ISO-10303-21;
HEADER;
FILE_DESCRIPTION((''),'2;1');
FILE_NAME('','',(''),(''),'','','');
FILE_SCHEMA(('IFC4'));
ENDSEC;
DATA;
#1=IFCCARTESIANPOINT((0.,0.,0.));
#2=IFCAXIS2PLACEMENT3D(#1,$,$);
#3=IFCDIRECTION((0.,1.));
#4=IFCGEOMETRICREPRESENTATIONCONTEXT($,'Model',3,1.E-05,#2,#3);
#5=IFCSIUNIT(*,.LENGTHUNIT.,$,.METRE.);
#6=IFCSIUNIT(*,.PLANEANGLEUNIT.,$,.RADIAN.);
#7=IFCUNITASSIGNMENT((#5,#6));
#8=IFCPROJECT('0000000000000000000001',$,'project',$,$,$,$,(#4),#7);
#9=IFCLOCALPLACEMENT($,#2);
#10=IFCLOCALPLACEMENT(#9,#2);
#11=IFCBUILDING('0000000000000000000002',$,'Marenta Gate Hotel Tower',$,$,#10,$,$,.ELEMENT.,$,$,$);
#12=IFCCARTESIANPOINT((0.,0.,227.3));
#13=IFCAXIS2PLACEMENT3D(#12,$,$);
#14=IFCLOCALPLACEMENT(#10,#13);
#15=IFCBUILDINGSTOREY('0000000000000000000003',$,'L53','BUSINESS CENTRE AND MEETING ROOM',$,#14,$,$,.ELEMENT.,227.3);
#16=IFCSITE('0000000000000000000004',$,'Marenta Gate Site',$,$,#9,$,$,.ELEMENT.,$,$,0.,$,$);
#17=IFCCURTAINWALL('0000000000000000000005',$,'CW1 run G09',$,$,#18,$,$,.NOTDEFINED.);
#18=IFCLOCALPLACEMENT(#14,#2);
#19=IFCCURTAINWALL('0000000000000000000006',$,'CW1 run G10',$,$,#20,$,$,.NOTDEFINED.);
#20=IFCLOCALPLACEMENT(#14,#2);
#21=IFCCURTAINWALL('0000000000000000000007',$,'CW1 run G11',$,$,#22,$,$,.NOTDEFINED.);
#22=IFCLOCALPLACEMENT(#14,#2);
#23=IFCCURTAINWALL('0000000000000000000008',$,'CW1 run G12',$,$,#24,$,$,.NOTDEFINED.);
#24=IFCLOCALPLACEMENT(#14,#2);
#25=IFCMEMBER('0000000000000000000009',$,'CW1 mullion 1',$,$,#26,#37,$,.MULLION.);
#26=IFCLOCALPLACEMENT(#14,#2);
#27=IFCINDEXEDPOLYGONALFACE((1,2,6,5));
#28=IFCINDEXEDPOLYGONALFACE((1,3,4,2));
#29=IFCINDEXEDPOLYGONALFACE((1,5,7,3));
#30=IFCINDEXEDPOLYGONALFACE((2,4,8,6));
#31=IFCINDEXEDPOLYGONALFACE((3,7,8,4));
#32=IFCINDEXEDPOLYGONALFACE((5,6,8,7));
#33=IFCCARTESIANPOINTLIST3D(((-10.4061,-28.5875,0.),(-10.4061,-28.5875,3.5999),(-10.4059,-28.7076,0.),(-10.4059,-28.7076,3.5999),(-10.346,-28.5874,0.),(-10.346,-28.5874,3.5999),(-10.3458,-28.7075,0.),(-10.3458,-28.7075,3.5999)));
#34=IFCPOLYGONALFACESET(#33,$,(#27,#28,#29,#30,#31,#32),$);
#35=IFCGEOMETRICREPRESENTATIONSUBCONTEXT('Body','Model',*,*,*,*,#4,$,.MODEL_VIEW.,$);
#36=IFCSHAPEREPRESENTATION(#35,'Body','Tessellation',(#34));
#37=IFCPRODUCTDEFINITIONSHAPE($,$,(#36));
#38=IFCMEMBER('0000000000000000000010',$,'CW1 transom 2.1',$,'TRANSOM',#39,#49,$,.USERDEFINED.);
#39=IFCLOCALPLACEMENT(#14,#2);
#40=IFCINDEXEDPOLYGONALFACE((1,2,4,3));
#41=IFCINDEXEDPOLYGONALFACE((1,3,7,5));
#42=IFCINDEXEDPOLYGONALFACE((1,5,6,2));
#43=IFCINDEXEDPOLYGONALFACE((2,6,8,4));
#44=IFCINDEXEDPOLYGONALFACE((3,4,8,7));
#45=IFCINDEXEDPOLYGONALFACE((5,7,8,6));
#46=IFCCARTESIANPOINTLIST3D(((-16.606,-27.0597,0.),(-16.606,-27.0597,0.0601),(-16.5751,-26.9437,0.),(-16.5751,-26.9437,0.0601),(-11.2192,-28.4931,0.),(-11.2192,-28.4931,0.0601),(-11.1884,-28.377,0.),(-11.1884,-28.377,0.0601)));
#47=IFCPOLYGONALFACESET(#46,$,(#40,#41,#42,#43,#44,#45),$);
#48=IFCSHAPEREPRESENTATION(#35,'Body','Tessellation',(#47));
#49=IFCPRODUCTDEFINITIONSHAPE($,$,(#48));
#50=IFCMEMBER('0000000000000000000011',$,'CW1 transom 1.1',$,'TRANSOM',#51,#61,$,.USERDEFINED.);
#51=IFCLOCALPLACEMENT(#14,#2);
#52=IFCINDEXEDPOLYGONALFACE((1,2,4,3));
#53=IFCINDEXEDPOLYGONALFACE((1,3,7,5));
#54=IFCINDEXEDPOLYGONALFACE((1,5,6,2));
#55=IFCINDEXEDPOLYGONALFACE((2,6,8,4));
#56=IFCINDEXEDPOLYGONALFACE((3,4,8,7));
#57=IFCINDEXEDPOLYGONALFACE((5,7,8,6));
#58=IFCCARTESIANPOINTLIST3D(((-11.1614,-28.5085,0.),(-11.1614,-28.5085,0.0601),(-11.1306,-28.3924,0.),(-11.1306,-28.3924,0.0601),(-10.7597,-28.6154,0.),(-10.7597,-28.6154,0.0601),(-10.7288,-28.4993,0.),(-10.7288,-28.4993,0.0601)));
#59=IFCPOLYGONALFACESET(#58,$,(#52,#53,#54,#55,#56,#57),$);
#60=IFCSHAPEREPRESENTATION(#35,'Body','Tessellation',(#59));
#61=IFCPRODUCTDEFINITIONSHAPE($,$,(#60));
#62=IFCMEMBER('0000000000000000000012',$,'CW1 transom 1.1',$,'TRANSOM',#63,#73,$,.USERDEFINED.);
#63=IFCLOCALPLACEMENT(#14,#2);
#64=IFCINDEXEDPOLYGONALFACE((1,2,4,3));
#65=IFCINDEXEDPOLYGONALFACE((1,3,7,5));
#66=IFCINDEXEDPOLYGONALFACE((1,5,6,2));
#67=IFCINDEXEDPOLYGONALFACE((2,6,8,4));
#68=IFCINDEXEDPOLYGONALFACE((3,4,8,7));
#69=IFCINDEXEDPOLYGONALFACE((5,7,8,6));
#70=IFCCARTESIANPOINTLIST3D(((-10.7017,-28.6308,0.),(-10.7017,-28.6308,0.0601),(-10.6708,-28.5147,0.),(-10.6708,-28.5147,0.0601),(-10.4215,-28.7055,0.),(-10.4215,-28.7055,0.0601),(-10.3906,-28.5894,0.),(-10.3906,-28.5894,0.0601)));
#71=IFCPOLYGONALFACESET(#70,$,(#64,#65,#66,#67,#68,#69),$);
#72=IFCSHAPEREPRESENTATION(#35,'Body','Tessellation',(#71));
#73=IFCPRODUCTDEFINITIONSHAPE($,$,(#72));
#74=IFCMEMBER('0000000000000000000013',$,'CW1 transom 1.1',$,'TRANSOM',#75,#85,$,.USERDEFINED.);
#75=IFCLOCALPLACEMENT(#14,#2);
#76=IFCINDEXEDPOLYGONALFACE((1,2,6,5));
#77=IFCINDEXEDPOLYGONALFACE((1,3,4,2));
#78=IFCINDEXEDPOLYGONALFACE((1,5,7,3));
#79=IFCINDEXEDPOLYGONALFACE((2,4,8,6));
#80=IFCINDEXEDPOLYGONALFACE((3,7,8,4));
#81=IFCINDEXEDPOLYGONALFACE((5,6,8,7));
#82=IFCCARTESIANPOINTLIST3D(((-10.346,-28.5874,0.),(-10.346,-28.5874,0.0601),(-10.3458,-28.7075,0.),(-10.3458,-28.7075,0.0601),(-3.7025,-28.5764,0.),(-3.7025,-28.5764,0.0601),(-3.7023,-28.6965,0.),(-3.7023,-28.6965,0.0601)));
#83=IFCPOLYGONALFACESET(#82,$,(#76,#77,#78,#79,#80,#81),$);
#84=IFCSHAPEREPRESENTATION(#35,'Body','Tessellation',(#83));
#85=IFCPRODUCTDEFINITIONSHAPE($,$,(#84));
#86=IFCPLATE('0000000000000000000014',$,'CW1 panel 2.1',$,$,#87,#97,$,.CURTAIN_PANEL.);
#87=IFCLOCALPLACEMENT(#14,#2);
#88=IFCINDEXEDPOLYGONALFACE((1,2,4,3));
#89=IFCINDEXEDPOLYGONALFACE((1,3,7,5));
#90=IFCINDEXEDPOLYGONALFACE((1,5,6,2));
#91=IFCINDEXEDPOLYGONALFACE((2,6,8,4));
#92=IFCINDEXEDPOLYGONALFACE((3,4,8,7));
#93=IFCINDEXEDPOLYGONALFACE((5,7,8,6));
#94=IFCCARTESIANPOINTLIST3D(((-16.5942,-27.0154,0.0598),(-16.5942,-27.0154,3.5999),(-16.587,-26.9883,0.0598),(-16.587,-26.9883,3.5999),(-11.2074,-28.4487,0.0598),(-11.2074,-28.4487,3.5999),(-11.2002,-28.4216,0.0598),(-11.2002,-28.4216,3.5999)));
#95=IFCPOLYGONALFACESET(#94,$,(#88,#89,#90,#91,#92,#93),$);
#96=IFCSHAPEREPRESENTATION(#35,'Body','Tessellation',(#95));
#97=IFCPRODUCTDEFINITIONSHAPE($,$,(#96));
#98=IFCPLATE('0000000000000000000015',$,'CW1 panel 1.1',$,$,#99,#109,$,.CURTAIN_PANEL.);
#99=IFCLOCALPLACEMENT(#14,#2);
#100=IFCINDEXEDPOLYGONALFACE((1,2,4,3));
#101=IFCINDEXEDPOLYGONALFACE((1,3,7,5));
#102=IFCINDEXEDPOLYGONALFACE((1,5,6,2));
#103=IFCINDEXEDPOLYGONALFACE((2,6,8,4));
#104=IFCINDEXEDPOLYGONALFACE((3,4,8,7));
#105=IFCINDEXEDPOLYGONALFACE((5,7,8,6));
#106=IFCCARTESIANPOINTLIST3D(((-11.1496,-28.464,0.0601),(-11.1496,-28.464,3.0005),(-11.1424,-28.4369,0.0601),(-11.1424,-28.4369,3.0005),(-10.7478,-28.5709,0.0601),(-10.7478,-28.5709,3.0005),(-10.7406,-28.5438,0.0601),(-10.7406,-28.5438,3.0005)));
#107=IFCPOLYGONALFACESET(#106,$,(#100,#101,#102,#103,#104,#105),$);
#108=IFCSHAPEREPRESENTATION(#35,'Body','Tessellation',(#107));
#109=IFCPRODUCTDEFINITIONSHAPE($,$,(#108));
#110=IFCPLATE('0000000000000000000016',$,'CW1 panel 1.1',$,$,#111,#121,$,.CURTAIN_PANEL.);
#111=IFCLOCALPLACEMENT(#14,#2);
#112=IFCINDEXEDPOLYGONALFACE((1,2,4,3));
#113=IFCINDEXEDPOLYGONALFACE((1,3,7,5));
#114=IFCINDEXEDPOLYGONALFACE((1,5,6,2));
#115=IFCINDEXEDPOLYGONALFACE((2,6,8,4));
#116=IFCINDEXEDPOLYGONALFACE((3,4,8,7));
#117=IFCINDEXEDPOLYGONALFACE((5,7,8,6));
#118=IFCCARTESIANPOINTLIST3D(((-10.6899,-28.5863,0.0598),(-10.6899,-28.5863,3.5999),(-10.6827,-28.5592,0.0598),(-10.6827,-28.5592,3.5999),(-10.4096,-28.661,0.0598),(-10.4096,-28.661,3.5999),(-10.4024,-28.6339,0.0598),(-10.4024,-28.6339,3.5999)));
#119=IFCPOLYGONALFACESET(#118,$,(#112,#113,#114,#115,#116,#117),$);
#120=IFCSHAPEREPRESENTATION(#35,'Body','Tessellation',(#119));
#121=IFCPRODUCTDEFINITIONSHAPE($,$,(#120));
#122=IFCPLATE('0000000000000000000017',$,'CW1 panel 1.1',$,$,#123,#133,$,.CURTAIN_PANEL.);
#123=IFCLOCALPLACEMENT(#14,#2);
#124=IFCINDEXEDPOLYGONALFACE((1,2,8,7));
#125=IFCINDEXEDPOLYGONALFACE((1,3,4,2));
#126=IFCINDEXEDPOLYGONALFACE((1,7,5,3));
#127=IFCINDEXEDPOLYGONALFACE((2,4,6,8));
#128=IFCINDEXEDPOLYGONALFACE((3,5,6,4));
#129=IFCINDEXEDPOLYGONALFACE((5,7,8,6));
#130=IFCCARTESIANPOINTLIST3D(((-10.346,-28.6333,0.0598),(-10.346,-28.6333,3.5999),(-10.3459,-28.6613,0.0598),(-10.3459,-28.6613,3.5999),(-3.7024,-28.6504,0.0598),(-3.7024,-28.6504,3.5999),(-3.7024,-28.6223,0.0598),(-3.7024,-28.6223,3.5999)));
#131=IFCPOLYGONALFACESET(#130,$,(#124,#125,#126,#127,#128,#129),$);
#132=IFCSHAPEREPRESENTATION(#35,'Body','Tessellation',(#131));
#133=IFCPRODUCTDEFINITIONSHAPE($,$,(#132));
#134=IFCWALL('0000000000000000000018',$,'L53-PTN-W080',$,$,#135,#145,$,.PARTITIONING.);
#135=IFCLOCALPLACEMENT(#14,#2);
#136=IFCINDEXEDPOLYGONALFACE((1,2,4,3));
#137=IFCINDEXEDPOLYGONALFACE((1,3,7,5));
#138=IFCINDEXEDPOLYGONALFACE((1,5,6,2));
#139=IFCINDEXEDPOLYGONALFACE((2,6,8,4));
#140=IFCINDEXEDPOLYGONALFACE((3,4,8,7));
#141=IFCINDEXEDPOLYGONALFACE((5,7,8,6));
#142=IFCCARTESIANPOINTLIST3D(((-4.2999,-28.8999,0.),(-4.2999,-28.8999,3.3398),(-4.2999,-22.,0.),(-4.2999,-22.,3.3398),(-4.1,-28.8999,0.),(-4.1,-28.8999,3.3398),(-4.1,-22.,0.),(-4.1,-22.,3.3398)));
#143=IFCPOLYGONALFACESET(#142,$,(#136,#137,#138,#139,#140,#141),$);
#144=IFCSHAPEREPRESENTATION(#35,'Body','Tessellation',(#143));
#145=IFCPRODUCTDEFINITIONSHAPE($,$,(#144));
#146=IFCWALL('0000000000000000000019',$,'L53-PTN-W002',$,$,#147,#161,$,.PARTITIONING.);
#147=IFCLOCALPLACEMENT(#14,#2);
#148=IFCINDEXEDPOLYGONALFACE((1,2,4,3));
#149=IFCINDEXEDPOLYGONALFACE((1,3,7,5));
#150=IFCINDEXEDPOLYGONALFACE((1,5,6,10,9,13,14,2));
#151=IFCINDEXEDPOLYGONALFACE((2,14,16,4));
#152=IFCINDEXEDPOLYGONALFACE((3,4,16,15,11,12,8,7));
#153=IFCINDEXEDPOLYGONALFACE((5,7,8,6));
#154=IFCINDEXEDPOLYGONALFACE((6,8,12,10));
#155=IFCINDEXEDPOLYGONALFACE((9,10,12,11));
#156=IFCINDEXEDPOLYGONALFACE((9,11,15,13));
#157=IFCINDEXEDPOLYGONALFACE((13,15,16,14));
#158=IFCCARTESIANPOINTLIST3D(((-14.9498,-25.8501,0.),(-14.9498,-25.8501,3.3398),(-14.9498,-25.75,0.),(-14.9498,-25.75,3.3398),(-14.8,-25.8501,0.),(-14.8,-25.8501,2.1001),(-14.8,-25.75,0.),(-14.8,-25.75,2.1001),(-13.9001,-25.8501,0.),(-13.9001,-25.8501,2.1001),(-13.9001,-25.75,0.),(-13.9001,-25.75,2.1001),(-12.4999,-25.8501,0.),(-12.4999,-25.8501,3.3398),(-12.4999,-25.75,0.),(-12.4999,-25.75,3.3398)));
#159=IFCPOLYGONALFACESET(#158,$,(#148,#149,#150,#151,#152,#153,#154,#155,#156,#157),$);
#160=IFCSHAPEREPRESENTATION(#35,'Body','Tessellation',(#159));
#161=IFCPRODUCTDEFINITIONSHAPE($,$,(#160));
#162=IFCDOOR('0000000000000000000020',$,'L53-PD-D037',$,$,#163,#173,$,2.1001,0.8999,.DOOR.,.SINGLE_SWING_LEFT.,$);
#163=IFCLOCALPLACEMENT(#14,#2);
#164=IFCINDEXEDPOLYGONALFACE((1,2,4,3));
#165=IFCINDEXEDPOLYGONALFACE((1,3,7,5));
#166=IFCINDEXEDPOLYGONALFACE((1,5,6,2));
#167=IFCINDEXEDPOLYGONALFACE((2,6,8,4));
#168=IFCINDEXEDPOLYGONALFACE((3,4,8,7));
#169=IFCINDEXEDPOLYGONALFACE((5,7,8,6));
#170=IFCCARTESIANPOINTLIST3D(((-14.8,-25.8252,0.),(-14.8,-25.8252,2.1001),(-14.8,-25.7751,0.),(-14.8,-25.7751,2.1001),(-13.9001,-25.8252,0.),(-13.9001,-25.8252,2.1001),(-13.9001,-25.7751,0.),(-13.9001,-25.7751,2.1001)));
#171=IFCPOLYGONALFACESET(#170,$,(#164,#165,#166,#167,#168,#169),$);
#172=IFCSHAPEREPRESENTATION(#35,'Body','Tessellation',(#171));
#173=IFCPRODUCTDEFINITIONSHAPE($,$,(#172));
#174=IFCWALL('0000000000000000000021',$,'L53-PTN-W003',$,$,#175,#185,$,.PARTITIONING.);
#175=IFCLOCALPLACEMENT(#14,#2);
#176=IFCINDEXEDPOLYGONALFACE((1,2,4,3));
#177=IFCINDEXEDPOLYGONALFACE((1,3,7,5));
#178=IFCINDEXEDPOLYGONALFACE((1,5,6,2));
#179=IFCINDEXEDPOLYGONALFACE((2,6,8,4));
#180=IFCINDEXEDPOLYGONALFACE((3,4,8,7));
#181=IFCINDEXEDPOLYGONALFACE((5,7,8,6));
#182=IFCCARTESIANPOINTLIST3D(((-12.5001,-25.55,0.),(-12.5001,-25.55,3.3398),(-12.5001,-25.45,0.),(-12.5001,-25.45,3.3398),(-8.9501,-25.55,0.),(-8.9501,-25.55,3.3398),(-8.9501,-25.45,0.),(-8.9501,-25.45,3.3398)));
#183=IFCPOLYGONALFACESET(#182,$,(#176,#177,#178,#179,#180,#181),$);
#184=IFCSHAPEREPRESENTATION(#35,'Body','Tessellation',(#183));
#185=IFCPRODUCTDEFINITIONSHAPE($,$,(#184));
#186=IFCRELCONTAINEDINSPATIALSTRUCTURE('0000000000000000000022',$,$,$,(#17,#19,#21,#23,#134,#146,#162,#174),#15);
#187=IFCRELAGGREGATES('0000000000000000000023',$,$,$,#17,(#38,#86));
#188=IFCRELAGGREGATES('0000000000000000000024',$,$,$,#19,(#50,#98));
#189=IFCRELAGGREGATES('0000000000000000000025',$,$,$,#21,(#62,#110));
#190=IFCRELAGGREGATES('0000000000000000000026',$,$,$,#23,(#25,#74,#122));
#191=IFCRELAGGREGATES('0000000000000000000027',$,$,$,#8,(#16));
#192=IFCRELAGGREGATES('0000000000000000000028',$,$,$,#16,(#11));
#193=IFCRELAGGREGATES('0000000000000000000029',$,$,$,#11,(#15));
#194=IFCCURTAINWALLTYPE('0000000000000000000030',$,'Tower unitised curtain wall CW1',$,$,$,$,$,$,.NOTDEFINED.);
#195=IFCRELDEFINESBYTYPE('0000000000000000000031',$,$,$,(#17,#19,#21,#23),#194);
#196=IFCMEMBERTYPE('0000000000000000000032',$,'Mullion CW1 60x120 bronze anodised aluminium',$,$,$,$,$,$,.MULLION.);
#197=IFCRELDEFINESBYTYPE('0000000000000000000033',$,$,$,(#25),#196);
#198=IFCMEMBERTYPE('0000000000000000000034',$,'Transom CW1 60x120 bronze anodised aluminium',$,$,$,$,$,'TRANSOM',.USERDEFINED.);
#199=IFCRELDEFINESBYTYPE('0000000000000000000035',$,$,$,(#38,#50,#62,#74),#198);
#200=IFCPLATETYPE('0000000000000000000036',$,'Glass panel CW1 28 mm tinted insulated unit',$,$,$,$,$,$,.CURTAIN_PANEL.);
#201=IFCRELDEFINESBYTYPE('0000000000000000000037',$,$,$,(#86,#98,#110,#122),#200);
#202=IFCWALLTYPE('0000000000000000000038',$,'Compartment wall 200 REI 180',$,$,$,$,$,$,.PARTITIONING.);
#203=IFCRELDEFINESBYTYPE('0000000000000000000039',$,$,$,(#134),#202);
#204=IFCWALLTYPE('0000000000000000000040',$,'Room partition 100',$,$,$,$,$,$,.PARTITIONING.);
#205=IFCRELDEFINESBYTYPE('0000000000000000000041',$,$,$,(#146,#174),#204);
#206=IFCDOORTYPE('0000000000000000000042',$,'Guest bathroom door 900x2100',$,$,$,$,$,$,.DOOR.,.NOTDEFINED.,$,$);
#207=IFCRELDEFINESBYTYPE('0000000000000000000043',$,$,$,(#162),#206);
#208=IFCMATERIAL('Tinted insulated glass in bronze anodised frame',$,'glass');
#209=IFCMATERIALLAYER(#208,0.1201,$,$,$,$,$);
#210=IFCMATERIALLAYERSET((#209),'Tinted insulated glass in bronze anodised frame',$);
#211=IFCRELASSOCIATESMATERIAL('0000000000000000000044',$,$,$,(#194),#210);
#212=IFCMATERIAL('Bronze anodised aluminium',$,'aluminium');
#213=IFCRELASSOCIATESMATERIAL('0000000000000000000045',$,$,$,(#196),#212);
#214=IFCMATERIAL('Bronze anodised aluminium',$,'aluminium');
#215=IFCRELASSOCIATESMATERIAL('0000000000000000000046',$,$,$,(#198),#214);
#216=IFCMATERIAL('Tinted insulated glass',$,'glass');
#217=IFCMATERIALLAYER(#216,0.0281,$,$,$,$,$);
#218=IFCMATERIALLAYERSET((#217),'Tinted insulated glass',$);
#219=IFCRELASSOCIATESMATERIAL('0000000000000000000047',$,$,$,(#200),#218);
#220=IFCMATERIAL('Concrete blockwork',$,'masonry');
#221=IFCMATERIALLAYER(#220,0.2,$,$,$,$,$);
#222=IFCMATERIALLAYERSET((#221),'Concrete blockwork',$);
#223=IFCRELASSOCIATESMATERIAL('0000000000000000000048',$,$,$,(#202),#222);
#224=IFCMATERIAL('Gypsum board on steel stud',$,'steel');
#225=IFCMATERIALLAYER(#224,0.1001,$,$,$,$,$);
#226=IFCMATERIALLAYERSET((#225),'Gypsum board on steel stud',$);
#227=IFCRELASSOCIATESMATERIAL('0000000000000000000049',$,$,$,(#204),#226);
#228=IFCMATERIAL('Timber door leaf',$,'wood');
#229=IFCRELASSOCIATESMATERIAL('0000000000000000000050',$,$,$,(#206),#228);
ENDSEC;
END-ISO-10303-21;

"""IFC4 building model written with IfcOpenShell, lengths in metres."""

from ifc_helpers import new_model, si_unit, direction, frame, frame_2d, origin, origin_2d, place, context, subcontext, project, spatial, rectangle, extrude, material, layer, layer_set, material_profile, profile_set, type_object, element, fill, aggregate, save


model = new_model("IFC4")

# Units and contexts
model_context = context("Model", 3, precision=1e-05, world=origin(), true_north=direction((0.0, 1.0)))
body_context = subcontext(model_context, "Body", "Model", "MODEL_VIEW")
ifc_project = project(units=[si_unit("LENGTHUNIT", "METRE"), si_unit("PLANEANGLEUNIT", "RADIAN")], contexts=[model_context])

# Site, building, storey
site_placement = place(None, origin())
site = spatial("IfcSite", under=ifc_project, at=site_placement, Name="Marenta Gate Site", CompositionType="ELEMENT", RefElevation=0.0)
building_placement = place(site_placement, origin())
building = spatial("IfcBuilding", under=site, at=building_placement, Name="Marenta Gate Hotel Tower", CompositionType="ELEMENT")
storey_placement = place(building_placement, frame((0.0, 0.0, 227.3)))
storey = spatial("IfcBuildingStorey", under=building, at=storey_placement, Name="L53", Description="BUSINESS CENTRE AND MEETING ROOM", CompositionType="ELEMENT", Elevation=227.3)

# Curtain walls, member
ifc_material_1 = material(Name="Tinted insulated glass in bronze anodised frame", Category="glass")
ifc_layer_1 = layer(ifc_material_1, 0.1201)
ifc_layer_set_1 = layer_set([ifc_layer_1], Name="Tinted insulated glass in bronze anodised frame")
curtain_wall_type = type_object("IfcCurtainWallType", Name="Tower unitised curtain wall CW1", PredefinedType="NOTDEFINED", material=ifc_layer_set_1)
curtain_wall_1_placement = place(storey_placement, origin())
curtain_wall_1 = element("IfcCurtainWall", 1, at=curtain_wall_1_placement, inside=storey, type_object=curtain_wall_type, Name="CW1 run G09", PredefinedType="NOTDEFINED")
ifc_material_2 = material(Name="Bronze anodised aluminium", Category="aluminium")
ifc_material_profile_1 = material_profile(ifc_material_2, rectangle(XDim=0.1201, YDim=0.0601, at=origin_2d()), Name="Mullion CW1 60x120 bronze anodised aluminium")
ifc_profile_set_1 = profile_set([ifc_material_profile_1], Name="Bronze anodised aluminium")
member_type_1 = type_object("IfcMemberType", Name="Mullion CW1 60x120 bronze anodised aluminium", PredefinedType="MULLION", material=ifc_profile_set_1)
curtain_wall_2_placement = place(storey_placement, origin())
curtain_wall_2 = element("IfcCurtainWall", 2, at=curtain_wall_2_placement, inside=storey, type_object=curtain_wall_type, Name="CW1 run G10", PredefinedType="NOTDEFINED")
curtain_wall_3_placement = place(storey_placement, origin())
curtain_wall_3 = element("IfcCurtainWall", 3, at=curtain_wall_3_placement, inside=storey, type_object=curtain_wall_type, Name="CW1 run G11", PredefinedType="NOTDEFINED")
curtain_wall_4_placement = place(storey_placement, origin())
curtain_wall_4 = element("IfcCurtainWall", 4, at=curtain_wall_4_placement, inside=storey, type_object=curtain_wall_type, Name="CW1 run G12", PredefinedType="NOTDEFINED")
member_1_placement = place(storey_placement, frame((-10.376, -28.6475, 0.0), z_axis=(0.0, 0.0, 1.0), x_axis=(-0.001643, 0.999999, 0.0)))
member_1 = element("IfcMember", 5, at=member_1_placement, type_object=member_type_1, Name="CW1 mullion 1", PredefinedType="MULLION", context=body_context, shape_type="SweptSolid", body=[
    extrude(rectangle(XDim=0.1201, YDim=0.0601, at=origin_2d()), origin(), (0.0, 0.0, 1.0), 3.5999),
])

# Members
ifc_material_3 = material(Name="Bronze anodised aluminium", Category="aluminium")
ifc_material_profile_2 = material_profile(ifc_material_3, rectangle(XDim=0.1201, YDim=0.0601, at=origin_2d()), Name="Transom CW1 60x120 bronze anodised aluminium")
ifc_profile_set_2 = profile_set([ifc_material_profile_2], Name="Bronze anodised aluminium")
member_type_2 = type_object("IfcMemberType", Name="Transom CW1 60x120 bronze anodised aluminium", ElementType="TRANSOM", PredefinedType="USERDEFINED", material=ifc_profile_set_2)
member_2_placement = place(storey_placement, frame((-16.5906, -27.0017, 0.03), z_axis=(0.966374, -0.257142, 0.0), x_axis=(0.257142, 0.966374, 0.0)))
member_2 = element("IfcMember", 6, at=member_2_placement, type_object=member_type_2, Name="CW1 transom 2.1", ObjectType="TRANSOM", PredefinedType="USERDEFINED", context=body_context, shape_type="SweptSolid", body=[
    extrude(rectangle(XDim=0.1201, YDim=0.0601, at=origin_2d()), origin(), (0.0, 0.0, 1.0), 5.5742),
])
member_3_placement = place(storey_placement, frame((-11.146, -28.4504, 0.03), z_axis=(0.966371, -0.257151, 0.0), x_axis=(0.257151, 0.966371, 0.0)))
member_3 = element("IfcMember", 7, at=member_3_placement, type_object=member_type_2, Name="CW1 transom 1.1", ObjectType="TRANSOM", PredefinedType="USERDEFINED", context=body_context, shape_type="SweptSolid", body=[
    extrude(rectangle(XDim=0.1201, YDim=0.0601, at=origin_2d()), origin(), (0.0, 0.0, 1.0), 0.4158),
])
member_4_placement = place(storey_placement, frame((-10.6863, -28.5728, 0.03), z_axis=(0.966263, -0.257558, 0.0), x_axis=(0.257558, 0.966263, 0.0)))
member_4 = element("IfcMember", 8, at=member_4_placement, type_object=member_type_2, Name="CW1 transom 1.1", ObjectType="TRANSOM", PredefinedType="USERDEFINED", context=body_context, shape_type="SweptSolid", body=[
    extrude(rectangle(XDim=0.1201, YDim=0.0601, at=origin_2d()), origin(), (0.0, 0.0, 1.0), 0.29),
])
member_5_placement = place(storey_placement, frame((-10.3459, -28.6475, 0.03), z_axis=(0.999999, 0.001654, 0.0), x_axis=(-0.001654, 0.999999, 0.0)))
member_5 = element("IfcMember", 9, at=member_5_placement, type_object=member_type_2, Name="CW1 transom 1.1", ObjectType="TRANSOM", PredefinedType="USERDEFINED", context=body_context, shape_type="SweptSolid", body=[
    extrude(rectangle(XDim=0.1201, YDim=0.0601, at=origin_2d()), origin(), (0.0, 0.0, 1.0), 6.6436),
])

# Plates
ifc_material_4 = material(Name="Tinted insulated glass", Category="glass")
ifc_layer_2 = layer(ifc_material_4, 0.0281)
ifc_layer_set_2 = layer_set([ifc_layer_2], Name="Tinted insulated glass")
plate_type = type_object("IfcPlateType", Name="Glass panel CW1 28 mm tinted insulated unit", PredefinedType="CURTAIN_PANEL", material=ifc_layer_set_2)
plate_1_placement = place(storey_placement, frame((-13.8972, -27.7185, 0.0598), z_axis=(0.0, 0.0, 1.0), x_axis=(0.966376, -0.257132, 0.0)))
plate_1 = element("IfcPlate", 10, at=plate_1_placement, type_object=plate_type, Name="CW1 panel 2.1", PredefinedType="CURTAIN_PANEL", context=body_context, shape_type="SweptSolid", body=[
    extrude(rectangle(XDim=5.5742, YDim=0.0281, at=origin_2d()), origin(), (0.0, 0.0, 1.0), 3.54),
])
aggregate(curtain_wall_1, [member_2, plate_1])
plate_2_placement = place(storey_placement, frame((-10.9451, -28.5039, 0.0601), z_axis=(0.0, 0.0, 1.0), x_axis=(0.966385, -0.2571, 0.0)))
plate_2 = element("IfcPlate", 11, at=plate_2_placement, type_object=plate_type, Name="CW1 panel 1.1", PredefinedType="CURTAIN_PANEL", context=body_context, shape_type="SweptSolid", body=[
    extrude(rectangle(XDim=0.4158, YDim=0.0281, at=origin_2d()), origin(), (0.0, 0.0, 1.0), 2.9404),
])
aggregate(curtain_wall_2, [member_3, plate_2])
plate_3_placement = place(storey_placement, frame((-10.5461, -28.6101, 0.0598), z_axis=(0.0, 0.0, 1.0), x_axis=(0.966297, -0.257431, 0.0)))
plate_3 = element("IfcPlate", 12, at=plate_3_placement, type_object=plate_type, Name="CW1 panel 1.1", PredefinedType="CURTAIN_PANEL", context=body_context, shape_type="SweptSolid", body=[
    extrude(rectangle(XDim=0.29, YDim=0.0281, at=origin_2d()), origin(), (0.0, 0.0, 1.0), 3.54),
])
aggregate(curtain_wall_3, [member_4, plate_3])
plate_4_placement = place(storey_placement, frame((-7.0242, -28.6418, 0.0598), z_axis=(0.0, 0.0, 1.0), x_axis=(0.999999, 0.001643, 0.0)))
plate_4 = element("IfcPlate", 13, at=plate_4_placement, type_object=plate_type, Name="CW1 panel 1.1", PredefinedType="CURTAIN_PANEL", context=body_context, shape_type="SweptSolid", body=[
    extrude(rectangle(XDim=6.6436, YDim=0.0281, at=origin_2d()), origin(), (0.0, 0.0, 1.0), 3.54),
])
aggregate(curtain_wall_4, [member_1, member_5, plate_4])

# Wall
ifc_material_5 = material(Name="Concrete blockwork", Category="masonry")
ifc_layer_3 = layer(ifc_material_5, 0.2)
ifc_layer_set_3 = layer_set([ifc_layer_3], Name="Concrete blockwork")
wall_type_1 = type_object("IfcWallType", Name="Compartment wall 200 REI 180", PredefinedType="PARTITIONING", material=ifc_layer_set_3)
wall_1_placement = place(storey_placement, frame((-4.2, -28.8999, 0.0), z_axis=(0.0, 0.0, 1.0), x_axis=(0.0, 1.0, 0.0)))
element("IfcWall", 14, at=wall_1_placement, inside=storey, type_object=wall_type_1, Name="L53-PTN-W080", PredefinedType="PARTITIONING", context=body_context, shape_type="SweptSolid", body=[
    extrude(rectangle(XDim=6.8999, YDim=0.2, at=frame_2d((3.45, 0.0))), origin(), (0.0, 0.0, 1.0), 3.3398),
])

# Wall, opening, door
ifc_material_6 = material(Name="Gypsum board on steel stud", Category="steel")
ifc_layer_4 = layer(ifc_material_6, 0.1001)
ifc_layer_set_4 = layer_set([ifc_layer_4], Name="Gypsum board on steel stud")
wall_type_2 = type_object("IfcWallType", Name="Room partition 100", PredefinedType="PARTITIONING", material=ifc_layer_set_4)
wall_2_placement = place(storey_placement, frame((-14.95, -25.8, 0.0), z_axis=(0.0, 0.0, 1.0), x_axis=(1.0, 0.0, 0.0)))
wall_2 = element("IfcWall", 15, at=wall_2_placement, inside=storey, type_object=wall_type_2, Name="L53-PTN-W002", PredefinedType="PARTITIONING", context=body_context, shape_type="SweptSolid", body=[
    extrude(rectangle(XDim=2.45, YDim=0.1001, at=frame_2d((1.2251, 0.0))), origin(), (0.0, 0.0, 1.0), 3.3398),
])
opening_1_placement = place(wall_2_placement, frame((0.1499, 0.0, 0.0)))
opening_1 = element("IfcOpeningElement", 16, at=opening_1_placement, cuts=wall_2, PredefinedType="OPENING", context=body_context, shape_type="SweptSolid", body=[
    extrude(rectangle(XDim=0.8999, YDim=2.1001, at=frame_2d((0.45, 1.05))), frame((0.0, 0.05, 0.0), z_axis=(0.0, -1.0, 0.0), x_axis=(1.0, 0.0, 0.0)), (0.0, 0.0, 1.0), 0.1001),
])
ifc_material_7 = material(Name="Timber door leaf", Category="wood")
door_type_1 = type_object("IfcDoorType", Name="Guest bathroom door 900x2100", OperationType="NOTDEFINED", PredefinedType="DOOR", material=ifc_material_7)
door_1_placement = place(opening_1_placement, origin())
door_1 = element("IfcDoor", 17, at=door_1_placement, inside=storey, type_object=door_type_1, Name="L53-PD-D037", OperationType="SINGLE_SWING_LEFT", OverallHeight=2.1001, OverallWidth=0.8999, PredefinedType="DOOR", context=body_context, shape_type="SweptSolid", body=[
    extrude(rectangle(XDim=0.8999, YDim=2.1001, at=frame_2d((0.45, 1.05))), frame((0.0, 0.0249, 0.0), z_axis=(0.0, -1.0, 0.0), x_axis=(1.0, 0.0, 0.0)), (0.0, 0.0, 1.0), 0.05),
])
fill(opening_1, door_1)

# Wall
wall_3_placement = place(storey_placement, frame((-12.5, -25.5, 0.0), z_axis=(0.0, 0.0, 1.0), x_axis=(1.0, 0.0, 0.0)))
element("IfcWall", 18, at=wall_3_placement, inside=storey, type_object=wall_type_2, Name="L53-PTN-W003", PredefinedType="PARTITIONING", context=body_context, shape_type="SweptSolid", body=[
    extrude(rectangle(XDim=3.55, YDim=0.1001, at=frame_2d((1.7749, 0.0))), origin(), (0.0, 0.0, 1.0), 3.3398),
])

save(model, "model.ifc")
